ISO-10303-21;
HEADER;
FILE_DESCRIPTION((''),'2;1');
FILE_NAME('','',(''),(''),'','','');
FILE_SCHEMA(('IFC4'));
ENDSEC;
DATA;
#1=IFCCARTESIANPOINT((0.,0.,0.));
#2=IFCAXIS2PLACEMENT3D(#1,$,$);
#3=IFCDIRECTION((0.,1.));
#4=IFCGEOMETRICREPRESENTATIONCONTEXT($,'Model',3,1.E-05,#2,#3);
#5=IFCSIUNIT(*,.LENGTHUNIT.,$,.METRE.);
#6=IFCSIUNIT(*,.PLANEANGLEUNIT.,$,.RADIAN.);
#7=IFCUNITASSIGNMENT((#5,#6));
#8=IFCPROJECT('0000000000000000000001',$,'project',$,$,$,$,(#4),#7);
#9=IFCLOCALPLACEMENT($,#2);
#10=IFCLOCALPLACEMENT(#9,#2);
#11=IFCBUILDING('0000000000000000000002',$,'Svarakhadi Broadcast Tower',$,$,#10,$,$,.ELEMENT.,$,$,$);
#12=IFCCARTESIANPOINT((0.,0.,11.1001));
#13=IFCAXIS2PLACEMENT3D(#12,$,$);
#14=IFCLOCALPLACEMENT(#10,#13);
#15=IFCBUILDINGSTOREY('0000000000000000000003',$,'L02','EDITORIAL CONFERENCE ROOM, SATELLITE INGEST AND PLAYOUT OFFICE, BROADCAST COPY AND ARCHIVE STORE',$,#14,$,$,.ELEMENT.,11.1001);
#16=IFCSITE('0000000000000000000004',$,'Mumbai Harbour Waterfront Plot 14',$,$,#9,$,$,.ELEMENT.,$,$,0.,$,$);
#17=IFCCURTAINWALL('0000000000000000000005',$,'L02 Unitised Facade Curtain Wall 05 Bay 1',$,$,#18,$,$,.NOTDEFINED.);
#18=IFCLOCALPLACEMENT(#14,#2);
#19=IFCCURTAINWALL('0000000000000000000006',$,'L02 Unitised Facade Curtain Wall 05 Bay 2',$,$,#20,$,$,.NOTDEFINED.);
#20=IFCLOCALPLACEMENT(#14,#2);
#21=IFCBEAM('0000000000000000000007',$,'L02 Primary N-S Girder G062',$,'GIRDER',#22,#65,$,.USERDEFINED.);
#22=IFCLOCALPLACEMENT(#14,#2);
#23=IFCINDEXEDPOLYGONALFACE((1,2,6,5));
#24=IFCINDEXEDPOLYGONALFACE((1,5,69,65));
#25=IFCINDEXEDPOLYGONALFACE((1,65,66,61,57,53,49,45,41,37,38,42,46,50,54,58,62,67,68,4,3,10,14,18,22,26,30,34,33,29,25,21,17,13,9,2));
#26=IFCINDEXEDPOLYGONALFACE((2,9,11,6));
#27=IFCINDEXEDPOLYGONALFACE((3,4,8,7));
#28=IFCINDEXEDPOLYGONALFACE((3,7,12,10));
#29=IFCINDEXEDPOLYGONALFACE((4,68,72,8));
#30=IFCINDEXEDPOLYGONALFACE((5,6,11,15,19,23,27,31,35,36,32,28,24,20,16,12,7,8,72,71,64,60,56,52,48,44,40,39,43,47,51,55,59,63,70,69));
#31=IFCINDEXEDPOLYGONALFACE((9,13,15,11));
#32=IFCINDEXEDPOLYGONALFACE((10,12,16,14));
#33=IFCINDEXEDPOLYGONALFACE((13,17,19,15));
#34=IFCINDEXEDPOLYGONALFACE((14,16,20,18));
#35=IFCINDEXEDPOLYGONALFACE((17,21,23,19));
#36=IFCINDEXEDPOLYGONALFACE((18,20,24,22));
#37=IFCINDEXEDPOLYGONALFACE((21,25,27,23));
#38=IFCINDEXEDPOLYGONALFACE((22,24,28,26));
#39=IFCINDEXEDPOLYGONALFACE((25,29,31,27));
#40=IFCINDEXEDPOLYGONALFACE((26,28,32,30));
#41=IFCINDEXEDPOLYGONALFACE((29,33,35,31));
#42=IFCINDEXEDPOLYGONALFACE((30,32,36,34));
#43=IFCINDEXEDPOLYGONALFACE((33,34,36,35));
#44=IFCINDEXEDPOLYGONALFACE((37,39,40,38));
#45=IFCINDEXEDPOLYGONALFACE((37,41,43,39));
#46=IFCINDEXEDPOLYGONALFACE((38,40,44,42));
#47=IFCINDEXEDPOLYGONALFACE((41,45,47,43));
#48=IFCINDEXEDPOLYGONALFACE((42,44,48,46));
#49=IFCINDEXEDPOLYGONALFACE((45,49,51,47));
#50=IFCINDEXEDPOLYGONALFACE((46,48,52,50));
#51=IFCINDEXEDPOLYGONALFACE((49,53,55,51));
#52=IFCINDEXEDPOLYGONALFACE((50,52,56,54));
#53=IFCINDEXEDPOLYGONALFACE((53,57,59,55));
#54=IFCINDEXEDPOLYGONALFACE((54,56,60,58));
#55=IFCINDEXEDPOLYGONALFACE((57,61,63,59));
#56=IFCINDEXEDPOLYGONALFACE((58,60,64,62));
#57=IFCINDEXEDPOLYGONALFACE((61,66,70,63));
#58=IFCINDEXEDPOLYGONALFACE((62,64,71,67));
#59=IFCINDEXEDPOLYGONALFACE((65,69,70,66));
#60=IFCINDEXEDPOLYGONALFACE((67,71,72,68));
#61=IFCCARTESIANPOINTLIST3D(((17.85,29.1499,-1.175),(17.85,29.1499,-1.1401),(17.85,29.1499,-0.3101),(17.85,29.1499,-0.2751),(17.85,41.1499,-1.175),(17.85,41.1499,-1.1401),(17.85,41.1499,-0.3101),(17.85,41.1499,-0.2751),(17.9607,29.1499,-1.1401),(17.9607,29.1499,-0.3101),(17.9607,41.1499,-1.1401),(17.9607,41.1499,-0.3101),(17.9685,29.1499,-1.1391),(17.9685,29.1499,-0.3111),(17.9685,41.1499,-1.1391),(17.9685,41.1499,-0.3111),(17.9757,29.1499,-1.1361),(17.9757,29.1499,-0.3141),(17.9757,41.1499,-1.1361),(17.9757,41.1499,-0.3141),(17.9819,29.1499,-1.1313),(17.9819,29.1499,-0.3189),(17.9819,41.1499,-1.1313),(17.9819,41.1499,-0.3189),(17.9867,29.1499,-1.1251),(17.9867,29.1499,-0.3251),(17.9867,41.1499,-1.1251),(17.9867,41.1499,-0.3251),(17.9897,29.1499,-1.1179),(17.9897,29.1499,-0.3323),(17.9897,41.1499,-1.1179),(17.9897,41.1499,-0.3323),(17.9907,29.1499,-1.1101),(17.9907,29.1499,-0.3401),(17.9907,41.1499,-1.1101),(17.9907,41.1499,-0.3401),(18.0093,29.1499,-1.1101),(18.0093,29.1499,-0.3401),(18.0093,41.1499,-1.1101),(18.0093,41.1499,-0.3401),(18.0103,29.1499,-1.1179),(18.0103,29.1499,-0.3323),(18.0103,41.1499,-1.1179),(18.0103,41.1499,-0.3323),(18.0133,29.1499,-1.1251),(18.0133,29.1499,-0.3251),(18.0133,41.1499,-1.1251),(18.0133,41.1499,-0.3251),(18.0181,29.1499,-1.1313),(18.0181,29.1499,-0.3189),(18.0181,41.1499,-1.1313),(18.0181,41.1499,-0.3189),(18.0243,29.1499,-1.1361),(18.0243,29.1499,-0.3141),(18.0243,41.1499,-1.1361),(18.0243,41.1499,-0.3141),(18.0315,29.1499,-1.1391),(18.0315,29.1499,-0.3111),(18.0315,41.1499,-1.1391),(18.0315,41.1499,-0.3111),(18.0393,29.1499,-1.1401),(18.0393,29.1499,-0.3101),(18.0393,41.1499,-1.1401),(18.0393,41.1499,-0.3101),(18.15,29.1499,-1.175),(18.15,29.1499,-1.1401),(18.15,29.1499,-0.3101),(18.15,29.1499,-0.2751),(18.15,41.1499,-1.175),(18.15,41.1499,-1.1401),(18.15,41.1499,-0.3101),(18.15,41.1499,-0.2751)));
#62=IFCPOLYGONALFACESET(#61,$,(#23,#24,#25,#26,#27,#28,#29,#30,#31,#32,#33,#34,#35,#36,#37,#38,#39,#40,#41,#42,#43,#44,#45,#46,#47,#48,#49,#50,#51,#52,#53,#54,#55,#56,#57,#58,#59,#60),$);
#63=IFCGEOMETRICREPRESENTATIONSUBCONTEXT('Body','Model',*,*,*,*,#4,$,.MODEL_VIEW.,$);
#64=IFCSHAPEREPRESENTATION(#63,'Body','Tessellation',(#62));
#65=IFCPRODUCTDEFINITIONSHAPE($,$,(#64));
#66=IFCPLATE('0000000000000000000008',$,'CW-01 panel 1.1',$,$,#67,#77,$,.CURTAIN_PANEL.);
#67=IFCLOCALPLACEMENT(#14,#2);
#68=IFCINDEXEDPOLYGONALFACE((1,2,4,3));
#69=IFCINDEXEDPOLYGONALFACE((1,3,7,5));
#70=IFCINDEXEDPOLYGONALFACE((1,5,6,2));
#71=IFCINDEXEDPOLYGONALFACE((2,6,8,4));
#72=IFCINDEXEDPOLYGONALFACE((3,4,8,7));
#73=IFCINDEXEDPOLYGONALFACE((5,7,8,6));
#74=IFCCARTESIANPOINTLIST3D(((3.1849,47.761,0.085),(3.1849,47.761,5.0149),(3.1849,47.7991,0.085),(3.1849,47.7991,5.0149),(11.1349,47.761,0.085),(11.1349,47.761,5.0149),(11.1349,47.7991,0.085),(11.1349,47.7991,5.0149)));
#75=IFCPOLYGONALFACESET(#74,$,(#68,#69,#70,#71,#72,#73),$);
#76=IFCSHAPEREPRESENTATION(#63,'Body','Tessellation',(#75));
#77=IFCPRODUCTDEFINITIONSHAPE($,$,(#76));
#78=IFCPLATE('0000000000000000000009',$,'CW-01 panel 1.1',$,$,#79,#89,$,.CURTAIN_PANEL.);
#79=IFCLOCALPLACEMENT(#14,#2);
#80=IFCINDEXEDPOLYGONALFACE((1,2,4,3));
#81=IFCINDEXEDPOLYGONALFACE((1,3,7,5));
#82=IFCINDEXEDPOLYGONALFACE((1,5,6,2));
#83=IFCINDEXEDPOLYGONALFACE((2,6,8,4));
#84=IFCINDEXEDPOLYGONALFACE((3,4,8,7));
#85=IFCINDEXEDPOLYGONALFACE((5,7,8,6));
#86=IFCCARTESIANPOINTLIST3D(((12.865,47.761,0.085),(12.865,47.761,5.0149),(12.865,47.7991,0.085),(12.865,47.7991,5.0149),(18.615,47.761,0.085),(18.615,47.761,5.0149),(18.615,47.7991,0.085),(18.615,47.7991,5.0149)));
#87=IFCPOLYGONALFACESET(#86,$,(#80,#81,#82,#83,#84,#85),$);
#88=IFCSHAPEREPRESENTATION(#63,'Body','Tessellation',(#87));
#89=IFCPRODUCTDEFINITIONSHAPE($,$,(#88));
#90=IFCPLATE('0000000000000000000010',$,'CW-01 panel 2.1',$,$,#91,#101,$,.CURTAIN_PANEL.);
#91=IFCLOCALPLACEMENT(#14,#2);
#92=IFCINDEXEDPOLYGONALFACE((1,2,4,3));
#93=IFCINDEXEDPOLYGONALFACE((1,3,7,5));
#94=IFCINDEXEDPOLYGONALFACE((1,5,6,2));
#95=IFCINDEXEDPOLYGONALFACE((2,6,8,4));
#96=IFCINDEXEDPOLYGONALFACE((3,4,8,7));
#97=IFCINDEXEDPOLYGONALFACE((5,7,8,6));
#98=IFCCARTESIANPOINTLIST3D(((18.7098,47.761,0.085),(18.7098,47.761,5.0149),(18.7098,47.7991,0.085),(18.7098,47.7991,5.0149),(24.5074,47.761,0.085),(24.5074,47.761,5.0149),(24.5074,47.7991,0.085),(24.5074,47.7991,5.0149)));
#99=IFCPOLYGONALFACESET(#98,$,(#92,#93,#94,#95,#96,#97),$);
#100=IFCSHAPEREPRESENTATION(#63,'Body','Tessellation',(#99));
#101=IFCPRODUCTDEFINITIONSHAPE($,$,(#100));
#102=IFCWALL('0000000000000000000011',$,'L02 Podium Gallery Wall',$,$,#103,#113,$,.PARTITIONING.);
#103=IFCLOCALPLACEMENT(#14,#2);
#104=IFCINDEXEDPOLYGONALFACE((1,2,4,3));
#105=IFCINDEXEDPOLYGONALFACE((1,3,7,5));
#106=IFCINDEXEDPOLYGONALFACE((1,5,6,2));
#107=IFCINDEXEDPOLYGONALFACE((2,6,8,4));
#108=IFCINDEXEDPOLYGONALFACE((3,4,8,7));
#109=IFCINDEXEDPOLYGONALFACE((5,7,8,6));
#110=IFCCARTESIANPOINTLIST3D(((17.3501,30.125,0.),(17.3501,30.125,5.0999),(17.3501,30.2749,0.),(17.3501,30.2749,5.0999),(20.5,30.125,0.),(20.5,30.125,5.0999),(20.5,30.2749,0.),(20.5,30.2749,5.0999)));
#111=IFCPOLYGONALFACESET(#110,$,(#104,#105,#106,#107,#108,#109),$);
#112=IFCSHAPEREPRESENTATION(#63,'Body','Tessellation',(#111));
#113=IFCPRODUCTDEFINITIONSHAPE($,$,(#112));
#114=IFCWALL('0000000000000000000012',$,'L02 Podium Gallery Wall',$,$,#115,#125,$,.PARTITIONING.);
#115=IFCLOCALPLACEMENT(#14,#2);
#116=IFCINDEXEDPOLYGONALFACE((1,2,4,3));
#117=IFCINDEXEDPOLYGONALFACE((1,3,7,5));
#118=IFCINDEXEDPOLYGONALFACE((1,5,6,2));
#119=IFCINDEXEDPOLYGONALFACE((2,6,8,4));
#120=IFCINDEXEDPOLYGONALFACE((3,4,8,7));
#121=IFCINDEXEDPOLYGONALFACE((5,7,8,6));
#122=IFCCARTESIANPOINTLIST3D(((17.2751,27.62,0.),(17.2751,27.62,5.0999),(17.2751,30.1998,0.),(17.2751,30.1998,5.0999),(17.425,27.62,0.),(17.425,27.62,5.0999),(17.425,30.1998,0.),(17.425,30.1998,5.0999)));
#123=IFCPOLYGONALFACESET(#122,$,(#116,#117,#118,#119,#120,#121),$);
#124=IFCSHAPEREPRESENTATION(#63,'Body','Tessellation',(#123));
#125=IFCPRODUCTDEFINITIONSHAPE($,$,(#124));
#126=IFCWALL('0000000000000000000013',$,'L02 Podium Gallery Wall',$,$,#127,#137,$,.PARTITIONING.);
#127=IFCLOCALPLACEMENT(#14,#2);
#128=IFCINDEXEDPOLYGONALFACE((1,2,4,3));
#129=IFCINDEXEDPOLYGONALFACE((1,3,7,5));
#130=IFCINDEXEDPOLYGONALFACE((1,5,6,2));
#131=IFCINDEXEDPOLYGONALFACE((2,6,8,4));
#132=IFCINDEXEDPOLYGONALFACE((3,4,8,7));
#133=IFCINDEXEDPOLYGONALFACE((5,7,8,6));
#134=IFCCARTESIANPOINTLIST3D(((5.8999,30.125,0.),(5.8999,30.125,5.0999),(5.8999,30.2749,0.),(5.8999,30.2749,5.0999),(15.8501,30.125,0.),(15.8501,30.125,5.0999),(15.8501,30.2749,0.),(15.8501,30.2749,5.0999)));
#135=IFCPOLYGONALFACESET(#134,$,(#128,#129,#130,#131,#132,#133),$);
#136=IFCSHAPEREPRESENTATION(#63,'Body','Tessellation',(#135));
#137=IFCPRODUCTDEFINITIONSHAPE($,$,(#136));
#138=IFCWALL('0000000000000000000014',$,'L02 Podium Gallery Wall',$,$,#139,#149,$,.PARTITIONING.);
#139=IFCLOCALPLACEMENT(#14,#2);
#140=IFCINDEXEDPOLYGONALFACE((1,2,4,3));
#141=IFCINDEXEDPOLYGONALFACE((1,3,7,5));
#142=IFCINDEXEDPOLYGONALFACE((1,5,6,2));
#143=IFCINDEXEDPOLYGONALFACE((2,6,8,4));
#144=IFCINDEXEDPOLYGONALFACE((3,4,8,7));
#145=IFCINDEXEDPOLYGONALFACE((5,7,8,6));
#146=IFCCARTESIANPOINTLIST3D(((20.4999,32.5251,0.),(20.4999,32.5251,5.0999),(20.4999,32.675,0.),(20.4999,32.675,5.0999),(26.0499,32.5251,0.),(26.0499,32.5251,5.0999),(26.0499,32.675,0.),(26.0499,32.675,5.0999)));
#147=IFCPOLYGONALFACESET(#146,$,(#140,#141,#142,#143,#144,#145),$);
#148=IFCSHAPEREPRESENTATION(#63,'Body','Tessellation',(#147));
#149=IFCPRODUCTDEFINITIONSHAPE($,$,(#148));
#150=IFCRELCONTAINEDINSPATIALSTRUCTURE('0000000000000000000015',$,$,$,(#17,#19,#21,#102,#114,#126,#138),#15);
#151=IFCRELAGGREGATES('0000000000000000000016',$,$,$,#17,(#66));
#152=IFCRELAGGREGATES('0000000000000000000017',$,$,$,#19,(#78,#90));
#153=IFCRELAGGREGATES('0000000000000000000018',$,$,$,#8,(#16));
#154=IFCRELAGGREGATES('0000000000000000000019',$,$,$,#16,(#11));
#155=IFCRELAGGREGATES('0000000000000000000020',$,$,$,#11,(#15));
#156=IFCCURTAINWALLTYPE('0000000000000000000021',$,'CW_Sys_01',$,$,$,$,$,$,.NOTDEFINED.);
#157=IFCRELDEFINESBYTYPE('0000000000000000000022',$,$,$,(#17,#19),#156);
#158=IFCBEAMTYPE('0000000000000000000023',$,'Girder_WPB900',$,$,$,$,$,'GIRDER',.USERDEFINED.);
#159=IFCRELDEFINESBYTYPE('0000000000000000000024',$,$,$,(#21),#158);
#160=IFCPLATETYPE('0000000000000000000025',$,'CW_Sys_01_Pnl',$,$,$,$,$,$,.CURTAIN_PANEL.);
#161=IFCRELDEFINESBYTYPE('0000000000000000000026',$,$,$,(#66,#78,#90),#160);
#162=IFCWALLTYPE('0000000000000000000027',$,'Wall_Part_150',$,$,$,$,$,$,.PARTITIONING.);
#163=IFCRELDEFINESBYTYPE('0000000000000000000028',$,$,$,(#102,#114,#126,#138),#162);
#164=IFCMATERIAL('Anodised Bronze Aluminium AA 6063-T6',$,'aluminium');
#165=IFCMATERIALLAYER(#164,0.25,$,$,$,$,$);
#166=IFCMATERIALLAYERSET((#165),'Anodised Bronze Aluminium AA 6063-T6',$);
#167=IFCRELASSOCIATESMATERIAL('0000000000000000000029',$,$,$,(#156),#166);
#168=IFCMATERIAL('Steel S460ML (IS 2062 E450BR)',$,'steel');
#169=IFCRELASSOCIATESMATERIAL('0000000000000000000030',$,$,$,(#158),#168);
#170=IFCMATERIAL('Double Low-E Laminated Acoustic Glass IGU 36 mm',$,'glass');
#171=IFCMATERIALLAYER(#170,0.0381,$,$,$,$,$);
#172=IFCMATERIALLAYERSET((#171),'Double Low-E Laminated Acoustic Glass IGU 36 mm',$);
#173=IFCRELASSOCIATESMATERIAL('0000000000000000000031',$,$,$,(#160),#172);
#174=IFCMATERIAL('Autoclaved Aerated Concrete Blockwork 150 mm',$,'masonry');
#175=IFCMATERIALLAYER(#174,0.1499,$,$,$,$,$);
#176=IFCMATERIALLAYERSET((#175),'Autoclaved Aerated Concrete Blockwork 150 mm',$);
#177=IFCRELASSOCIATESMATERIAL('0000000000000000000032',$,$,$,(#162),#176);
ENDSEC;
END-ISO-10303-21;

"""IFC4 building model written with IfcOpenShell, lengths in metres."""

from ifc_helpers import new_model, si_unit, direction, frame, frame_2d, origin, origin_2d, place, context, subcontext, project, spatial, rectangle, i_section, extrude, material, layer, layer_set, material_profile, profile_set, type_object, element, aggregate, save


model = new_model("IFC4")

# Units and contexts
model_context = context("Model", 3, precision=1e-05, world=origin(), true_north=direction((0.0, 1.0)))
body_context = subcontext(model_context, "Body", "Model", "MODEL_VIEW")
ifc_project = project(units=[si_unit("LENGTHUNIT", "METRE"), si_unit("PLANEANGLEUNIT", "RADIAN")], contexts=[model_context])

# Site, building, storey
site_placement = place(None, origin())
site = spatial("IfcSite", under=ifc_project, at=site_placement, Name="Mumbai Harbour Waterfront Plot 14", CompositionType="ELEMENT", RefElevation=0.0)
building_placement = place(site_placement, origin())
building = spatial("IfcBuilding", under=site, at=building_placement, Name="Svarakhadi Broadcast Tower", CompositionType="ELEMENT")
storey_placement = place(building_placement, frame((0.0, 0.0, 11.1001)))
storey = spatial("IfcBuildingStorey", under=building, at=storey_placement, Name="L02", Description="EDITORIAL CONFERENCE ROOM, SATELLITE INGEST AND PLAYOUT OFFICE, BROADCAST COPY AND ARCHIVE STORE", CompositionType="ELEMENT", Elevation=11.1001)

# Shared definitions
ifc_material_1 = material(Name="Steel S460ML (IS 2062 E450BR)", Category="steel")

# Curtain wall
ifc_material_2 = material(Name="Anodised Bronze Aluminium AA 6063-T6", Category="aluminium")
ifc_layer_1 = layer(ifc_material_2, 0.25)
ifc_layer_set_1 = layer_set([ifc_layer_1], Name="Anodised Bronze Aluminium AA 6063-T6")
curtain_wall_type = type_object("IfcCurtainWallType", Name="CW_Sys_01", PredefinedType="NOTDEFINED", material=ifc_layer_set_1)
curtain_wall_1_placement = place(storey_placement, origin())
curtain_wall_1 = element("IfcCurtainWall", 1, at=curtain_wall_1_placement, inside=storey, type_object=curtain_wall_type, Name="L02 Unitised Facade Curtain Wall 05 Bay 1", PredefinedType="NOTDEFINED")

# Curtain wall
curtain_wall_2_placement = place(storey_placement, origin())
curtain_wall_2 = element("IfcCurtainWall", 2, at=curtain_wall_2_placement, inside=storey, type_object=curtain_wall_type, Name="L02 Unitised Facade Curtain Wall 05 Bay 2", PredefinedType="NOTDEFINED")

# Beam
ifc_material_profile_1 = material_profile(ifc_material_1, i_section(OverallWidth=0.3, OverallDepth=0.8999, WebThickness=0.0186, FlangeThickness=0.0349, FilletRadius=0.03, at=origin_2d()), Name="WPB 900x300x291")
ifc_profile_set_1 = profile_set([ifc_material_profile_1], Name="Steel S460ML (IS 2062 E450BR)")
beam_type_1 = type_object("IfcBeamType", Name="Girder_WPB900", ElementType="GIRDER", PredefinedType="USERDEFINED", material=ifc_profile_set_1)
for number, where, z_axis, x_axis, name in (
    (3, (18.0, 29.1499, -0.7251), (0.0, 1.0, 0.0), (-1.0, 0.0, 0.0), "L02 Primary N-S Girder G062"),
):
    element("IfcBeam", number, at=place(storey_placement, frame(where, z_axis=z_axis, x_axis=x_axis)), inside=storey, type_object=beam_type_1, Name=name, ObjectType="GIRDER", PredefinedType="USERDEFINED", context=body_context, shape_type="SweptSolid", body=[
        extrude(i_section(OverallWidth=0.3, OverallDepth=0.8999, WebThickness=0.0186, FlangeThickness=0.0349, FilletRadius=0.03, at=origin_2d()), origin(), (0.0, 0.0, 1.0), 12.0),
    ])

# Plates
ifc_material_3 = material(Name="Double Low-E Laminated Acoustic Glass IGU 36 mm", Category="glass")
ifc_layer_2 = layer(ifc_material_3, 0.0381)
ifc_layer_set_2 = layer_set([ifc_layer_2], Name="Double Low-E Laminated Acoustic Glass IGU 36 mm")
plate_type = type_object("IfcPlateType", Name="CW_Sys_01_Pnl", PredefinedType="CURTAIN_PANEL", material=ifc_layer_set_2)
plate_1_placement = place(storey_placement, frame((7.1599, 47.78, 0.085), z_axis=(0.0, 0.0, 1.0), x_axis=(1.0, 0.0, 0.0)))
plate_1 = element("IfcPlate", 4, at=plate_1_placement, type_object=plate_type, Name="CW-01 panel 1.1", PredefinedType="CURTAIN_PANEL", context=body_context, shape_type="SweptSolid", body=[
    extrude(rectangle(XDim=7.95, YDim=0.0381, at=origin_2d()), origin(), (0.0, 0.0, 1.0), 4.9299),
])
aggregate(curtain_wall_1, [plate_1])
plate_2_placement = place(storey_placement, frame((15.74, 47.78, 0.085), z_axis=(0.0, 0.0, 1.0), x_axis=(1.0, 0.0, 0.0)))
plate_2 = element("IfcPlate", 5, at=plate_2_placement, type_object=plate_type, Name="CW-01 panel 1.1", PredefinedType="CURTAIN_PANEL", context=body_context, shape_type="SweptSolid", body=[
    extrude(rectangle(XDim=5.75, YDim=0.0381, at=origin_2d()), origin(), (0.0, 0.0, 1.0), 4.9299),
])
plate_3_placement = place(storey_placement, frame((21.6086, 47.78, 0.085), z_axis=(0.0, 0.0, 1.0), x_axis=(1.0, 0.0, 0.0)))
plate_3 = element("IfcPlate", 6, at=plate_3_placement, type_object=plate_type, Name="CW-01 panel 2.1", PredefinedType="CURTAIN_PANEL", context=body_context, shape_type="SweptSolid", body=[
    extrude(rectangle(XDim=5.7976, YDim=0.0381, at=origin_2d()), origin(), (0.0, 0.0, 1.0), 4.9299),
])
aggregate(curtain_wall_2, [plate_2, plate_3])

# Walls
ifc_material_4 = material(Name="Autoclaved Aerated Concrete Blockwork 150 mm", Category="masonry")
ifc_layer_3 = layer(ifc_material_4, 0.1499)
ifc_layer_set_3 = layer_set([ifc_layer_3], Name="Autoclaved Aerated Concrete Blockwork 150 mm")
wall_type = type_object("IfcWallType", Name="Wall_Part_150", PredefinedType="PARTITIONING", material=ifc_layer_set_3)
wall_1_placement = place(storey_placement, frame((20.5, 30.2, 0.0), z_axis=(0.0, 0.0, 1.0), x_axis=(-1.0, 0.0, 0.0)))
element("IfcWall", 7, at=wall_1_placement, inside=storey, type_object=wall_type, Name="L02 Podium Gallery Wall", PredefinedType="PARTITIONING", context=body_context, shape_type="SweptSolid", body=[
    extrude(rectangle(XDim=3.1499, YDim=0.1499, at=frame_2d((1.575, 0.0))), origin(), (0.0, 0.0, 1.0), 5.0999),
])
wall_2_placement = place(storey_placement, frame((17.3501, 30.2, 0.0), z_axis=(0.0, 0.0, 1.0), x_axis=(0.0, -1.0, 0.0)))
element("IfcWall", 8, at=wall_2_placement, inside=storey, type_object=wall_type, Name="L02 Podium Gallery Wall", PredefinedType="PARTITIONING", context=body_context, shape_type="SweptSolid", body=[
    extrude(rectangle(XDim=2.5798, YDim=0.1499, at=frame_2d((1.29, 0.0))), origin(), (0.0, 0.0, 1.0), 5.0999),
])
wall_3_placement = place(storey_placement, frame((15.8501, 30.2, 0.0), z_axis=(0.0, 0.0, 1.0), x_axis=(-1.0, 0.0, 0.0)))
element("IfcWall", 9, at=wall_3_placement, inside=storey, type_object=wall_type, Name="L02 Podium Gallery Wall", PredefinedType="PARTITIONING", context=body_context, shape_type="SweptSolid", body=[
    extrude(rectangle(XDim=9.9502, YDim=0.1499, at=frame_2d((4.9751, 0.0))), origin(), (0.0, 0.0, 1.0), 5.0999),
])
wall_4_placement = place(storey_placement, frame((20.5, 32.6001, 0.0), z_axis=(0.0, 0.0, 1.0), x_axis=(1.0, 0.0, 0.0)))
element("IfcWall", 10, at=wall_4_placement, inside=storey, type_object=wall_type, Name="L02 Podium Gallery Wall", PredefinedType="PARTITIONING", context=body_context, shape_type="SweptSolid", body=[
    extrude(rectangle(XDim=5.55, YDim=0.1499, at=frame_2d((2.7749, 0.0))), origin(), (0.0, 0.0, 1.0), 5.0999),
])

save(model, "model.ifc")
